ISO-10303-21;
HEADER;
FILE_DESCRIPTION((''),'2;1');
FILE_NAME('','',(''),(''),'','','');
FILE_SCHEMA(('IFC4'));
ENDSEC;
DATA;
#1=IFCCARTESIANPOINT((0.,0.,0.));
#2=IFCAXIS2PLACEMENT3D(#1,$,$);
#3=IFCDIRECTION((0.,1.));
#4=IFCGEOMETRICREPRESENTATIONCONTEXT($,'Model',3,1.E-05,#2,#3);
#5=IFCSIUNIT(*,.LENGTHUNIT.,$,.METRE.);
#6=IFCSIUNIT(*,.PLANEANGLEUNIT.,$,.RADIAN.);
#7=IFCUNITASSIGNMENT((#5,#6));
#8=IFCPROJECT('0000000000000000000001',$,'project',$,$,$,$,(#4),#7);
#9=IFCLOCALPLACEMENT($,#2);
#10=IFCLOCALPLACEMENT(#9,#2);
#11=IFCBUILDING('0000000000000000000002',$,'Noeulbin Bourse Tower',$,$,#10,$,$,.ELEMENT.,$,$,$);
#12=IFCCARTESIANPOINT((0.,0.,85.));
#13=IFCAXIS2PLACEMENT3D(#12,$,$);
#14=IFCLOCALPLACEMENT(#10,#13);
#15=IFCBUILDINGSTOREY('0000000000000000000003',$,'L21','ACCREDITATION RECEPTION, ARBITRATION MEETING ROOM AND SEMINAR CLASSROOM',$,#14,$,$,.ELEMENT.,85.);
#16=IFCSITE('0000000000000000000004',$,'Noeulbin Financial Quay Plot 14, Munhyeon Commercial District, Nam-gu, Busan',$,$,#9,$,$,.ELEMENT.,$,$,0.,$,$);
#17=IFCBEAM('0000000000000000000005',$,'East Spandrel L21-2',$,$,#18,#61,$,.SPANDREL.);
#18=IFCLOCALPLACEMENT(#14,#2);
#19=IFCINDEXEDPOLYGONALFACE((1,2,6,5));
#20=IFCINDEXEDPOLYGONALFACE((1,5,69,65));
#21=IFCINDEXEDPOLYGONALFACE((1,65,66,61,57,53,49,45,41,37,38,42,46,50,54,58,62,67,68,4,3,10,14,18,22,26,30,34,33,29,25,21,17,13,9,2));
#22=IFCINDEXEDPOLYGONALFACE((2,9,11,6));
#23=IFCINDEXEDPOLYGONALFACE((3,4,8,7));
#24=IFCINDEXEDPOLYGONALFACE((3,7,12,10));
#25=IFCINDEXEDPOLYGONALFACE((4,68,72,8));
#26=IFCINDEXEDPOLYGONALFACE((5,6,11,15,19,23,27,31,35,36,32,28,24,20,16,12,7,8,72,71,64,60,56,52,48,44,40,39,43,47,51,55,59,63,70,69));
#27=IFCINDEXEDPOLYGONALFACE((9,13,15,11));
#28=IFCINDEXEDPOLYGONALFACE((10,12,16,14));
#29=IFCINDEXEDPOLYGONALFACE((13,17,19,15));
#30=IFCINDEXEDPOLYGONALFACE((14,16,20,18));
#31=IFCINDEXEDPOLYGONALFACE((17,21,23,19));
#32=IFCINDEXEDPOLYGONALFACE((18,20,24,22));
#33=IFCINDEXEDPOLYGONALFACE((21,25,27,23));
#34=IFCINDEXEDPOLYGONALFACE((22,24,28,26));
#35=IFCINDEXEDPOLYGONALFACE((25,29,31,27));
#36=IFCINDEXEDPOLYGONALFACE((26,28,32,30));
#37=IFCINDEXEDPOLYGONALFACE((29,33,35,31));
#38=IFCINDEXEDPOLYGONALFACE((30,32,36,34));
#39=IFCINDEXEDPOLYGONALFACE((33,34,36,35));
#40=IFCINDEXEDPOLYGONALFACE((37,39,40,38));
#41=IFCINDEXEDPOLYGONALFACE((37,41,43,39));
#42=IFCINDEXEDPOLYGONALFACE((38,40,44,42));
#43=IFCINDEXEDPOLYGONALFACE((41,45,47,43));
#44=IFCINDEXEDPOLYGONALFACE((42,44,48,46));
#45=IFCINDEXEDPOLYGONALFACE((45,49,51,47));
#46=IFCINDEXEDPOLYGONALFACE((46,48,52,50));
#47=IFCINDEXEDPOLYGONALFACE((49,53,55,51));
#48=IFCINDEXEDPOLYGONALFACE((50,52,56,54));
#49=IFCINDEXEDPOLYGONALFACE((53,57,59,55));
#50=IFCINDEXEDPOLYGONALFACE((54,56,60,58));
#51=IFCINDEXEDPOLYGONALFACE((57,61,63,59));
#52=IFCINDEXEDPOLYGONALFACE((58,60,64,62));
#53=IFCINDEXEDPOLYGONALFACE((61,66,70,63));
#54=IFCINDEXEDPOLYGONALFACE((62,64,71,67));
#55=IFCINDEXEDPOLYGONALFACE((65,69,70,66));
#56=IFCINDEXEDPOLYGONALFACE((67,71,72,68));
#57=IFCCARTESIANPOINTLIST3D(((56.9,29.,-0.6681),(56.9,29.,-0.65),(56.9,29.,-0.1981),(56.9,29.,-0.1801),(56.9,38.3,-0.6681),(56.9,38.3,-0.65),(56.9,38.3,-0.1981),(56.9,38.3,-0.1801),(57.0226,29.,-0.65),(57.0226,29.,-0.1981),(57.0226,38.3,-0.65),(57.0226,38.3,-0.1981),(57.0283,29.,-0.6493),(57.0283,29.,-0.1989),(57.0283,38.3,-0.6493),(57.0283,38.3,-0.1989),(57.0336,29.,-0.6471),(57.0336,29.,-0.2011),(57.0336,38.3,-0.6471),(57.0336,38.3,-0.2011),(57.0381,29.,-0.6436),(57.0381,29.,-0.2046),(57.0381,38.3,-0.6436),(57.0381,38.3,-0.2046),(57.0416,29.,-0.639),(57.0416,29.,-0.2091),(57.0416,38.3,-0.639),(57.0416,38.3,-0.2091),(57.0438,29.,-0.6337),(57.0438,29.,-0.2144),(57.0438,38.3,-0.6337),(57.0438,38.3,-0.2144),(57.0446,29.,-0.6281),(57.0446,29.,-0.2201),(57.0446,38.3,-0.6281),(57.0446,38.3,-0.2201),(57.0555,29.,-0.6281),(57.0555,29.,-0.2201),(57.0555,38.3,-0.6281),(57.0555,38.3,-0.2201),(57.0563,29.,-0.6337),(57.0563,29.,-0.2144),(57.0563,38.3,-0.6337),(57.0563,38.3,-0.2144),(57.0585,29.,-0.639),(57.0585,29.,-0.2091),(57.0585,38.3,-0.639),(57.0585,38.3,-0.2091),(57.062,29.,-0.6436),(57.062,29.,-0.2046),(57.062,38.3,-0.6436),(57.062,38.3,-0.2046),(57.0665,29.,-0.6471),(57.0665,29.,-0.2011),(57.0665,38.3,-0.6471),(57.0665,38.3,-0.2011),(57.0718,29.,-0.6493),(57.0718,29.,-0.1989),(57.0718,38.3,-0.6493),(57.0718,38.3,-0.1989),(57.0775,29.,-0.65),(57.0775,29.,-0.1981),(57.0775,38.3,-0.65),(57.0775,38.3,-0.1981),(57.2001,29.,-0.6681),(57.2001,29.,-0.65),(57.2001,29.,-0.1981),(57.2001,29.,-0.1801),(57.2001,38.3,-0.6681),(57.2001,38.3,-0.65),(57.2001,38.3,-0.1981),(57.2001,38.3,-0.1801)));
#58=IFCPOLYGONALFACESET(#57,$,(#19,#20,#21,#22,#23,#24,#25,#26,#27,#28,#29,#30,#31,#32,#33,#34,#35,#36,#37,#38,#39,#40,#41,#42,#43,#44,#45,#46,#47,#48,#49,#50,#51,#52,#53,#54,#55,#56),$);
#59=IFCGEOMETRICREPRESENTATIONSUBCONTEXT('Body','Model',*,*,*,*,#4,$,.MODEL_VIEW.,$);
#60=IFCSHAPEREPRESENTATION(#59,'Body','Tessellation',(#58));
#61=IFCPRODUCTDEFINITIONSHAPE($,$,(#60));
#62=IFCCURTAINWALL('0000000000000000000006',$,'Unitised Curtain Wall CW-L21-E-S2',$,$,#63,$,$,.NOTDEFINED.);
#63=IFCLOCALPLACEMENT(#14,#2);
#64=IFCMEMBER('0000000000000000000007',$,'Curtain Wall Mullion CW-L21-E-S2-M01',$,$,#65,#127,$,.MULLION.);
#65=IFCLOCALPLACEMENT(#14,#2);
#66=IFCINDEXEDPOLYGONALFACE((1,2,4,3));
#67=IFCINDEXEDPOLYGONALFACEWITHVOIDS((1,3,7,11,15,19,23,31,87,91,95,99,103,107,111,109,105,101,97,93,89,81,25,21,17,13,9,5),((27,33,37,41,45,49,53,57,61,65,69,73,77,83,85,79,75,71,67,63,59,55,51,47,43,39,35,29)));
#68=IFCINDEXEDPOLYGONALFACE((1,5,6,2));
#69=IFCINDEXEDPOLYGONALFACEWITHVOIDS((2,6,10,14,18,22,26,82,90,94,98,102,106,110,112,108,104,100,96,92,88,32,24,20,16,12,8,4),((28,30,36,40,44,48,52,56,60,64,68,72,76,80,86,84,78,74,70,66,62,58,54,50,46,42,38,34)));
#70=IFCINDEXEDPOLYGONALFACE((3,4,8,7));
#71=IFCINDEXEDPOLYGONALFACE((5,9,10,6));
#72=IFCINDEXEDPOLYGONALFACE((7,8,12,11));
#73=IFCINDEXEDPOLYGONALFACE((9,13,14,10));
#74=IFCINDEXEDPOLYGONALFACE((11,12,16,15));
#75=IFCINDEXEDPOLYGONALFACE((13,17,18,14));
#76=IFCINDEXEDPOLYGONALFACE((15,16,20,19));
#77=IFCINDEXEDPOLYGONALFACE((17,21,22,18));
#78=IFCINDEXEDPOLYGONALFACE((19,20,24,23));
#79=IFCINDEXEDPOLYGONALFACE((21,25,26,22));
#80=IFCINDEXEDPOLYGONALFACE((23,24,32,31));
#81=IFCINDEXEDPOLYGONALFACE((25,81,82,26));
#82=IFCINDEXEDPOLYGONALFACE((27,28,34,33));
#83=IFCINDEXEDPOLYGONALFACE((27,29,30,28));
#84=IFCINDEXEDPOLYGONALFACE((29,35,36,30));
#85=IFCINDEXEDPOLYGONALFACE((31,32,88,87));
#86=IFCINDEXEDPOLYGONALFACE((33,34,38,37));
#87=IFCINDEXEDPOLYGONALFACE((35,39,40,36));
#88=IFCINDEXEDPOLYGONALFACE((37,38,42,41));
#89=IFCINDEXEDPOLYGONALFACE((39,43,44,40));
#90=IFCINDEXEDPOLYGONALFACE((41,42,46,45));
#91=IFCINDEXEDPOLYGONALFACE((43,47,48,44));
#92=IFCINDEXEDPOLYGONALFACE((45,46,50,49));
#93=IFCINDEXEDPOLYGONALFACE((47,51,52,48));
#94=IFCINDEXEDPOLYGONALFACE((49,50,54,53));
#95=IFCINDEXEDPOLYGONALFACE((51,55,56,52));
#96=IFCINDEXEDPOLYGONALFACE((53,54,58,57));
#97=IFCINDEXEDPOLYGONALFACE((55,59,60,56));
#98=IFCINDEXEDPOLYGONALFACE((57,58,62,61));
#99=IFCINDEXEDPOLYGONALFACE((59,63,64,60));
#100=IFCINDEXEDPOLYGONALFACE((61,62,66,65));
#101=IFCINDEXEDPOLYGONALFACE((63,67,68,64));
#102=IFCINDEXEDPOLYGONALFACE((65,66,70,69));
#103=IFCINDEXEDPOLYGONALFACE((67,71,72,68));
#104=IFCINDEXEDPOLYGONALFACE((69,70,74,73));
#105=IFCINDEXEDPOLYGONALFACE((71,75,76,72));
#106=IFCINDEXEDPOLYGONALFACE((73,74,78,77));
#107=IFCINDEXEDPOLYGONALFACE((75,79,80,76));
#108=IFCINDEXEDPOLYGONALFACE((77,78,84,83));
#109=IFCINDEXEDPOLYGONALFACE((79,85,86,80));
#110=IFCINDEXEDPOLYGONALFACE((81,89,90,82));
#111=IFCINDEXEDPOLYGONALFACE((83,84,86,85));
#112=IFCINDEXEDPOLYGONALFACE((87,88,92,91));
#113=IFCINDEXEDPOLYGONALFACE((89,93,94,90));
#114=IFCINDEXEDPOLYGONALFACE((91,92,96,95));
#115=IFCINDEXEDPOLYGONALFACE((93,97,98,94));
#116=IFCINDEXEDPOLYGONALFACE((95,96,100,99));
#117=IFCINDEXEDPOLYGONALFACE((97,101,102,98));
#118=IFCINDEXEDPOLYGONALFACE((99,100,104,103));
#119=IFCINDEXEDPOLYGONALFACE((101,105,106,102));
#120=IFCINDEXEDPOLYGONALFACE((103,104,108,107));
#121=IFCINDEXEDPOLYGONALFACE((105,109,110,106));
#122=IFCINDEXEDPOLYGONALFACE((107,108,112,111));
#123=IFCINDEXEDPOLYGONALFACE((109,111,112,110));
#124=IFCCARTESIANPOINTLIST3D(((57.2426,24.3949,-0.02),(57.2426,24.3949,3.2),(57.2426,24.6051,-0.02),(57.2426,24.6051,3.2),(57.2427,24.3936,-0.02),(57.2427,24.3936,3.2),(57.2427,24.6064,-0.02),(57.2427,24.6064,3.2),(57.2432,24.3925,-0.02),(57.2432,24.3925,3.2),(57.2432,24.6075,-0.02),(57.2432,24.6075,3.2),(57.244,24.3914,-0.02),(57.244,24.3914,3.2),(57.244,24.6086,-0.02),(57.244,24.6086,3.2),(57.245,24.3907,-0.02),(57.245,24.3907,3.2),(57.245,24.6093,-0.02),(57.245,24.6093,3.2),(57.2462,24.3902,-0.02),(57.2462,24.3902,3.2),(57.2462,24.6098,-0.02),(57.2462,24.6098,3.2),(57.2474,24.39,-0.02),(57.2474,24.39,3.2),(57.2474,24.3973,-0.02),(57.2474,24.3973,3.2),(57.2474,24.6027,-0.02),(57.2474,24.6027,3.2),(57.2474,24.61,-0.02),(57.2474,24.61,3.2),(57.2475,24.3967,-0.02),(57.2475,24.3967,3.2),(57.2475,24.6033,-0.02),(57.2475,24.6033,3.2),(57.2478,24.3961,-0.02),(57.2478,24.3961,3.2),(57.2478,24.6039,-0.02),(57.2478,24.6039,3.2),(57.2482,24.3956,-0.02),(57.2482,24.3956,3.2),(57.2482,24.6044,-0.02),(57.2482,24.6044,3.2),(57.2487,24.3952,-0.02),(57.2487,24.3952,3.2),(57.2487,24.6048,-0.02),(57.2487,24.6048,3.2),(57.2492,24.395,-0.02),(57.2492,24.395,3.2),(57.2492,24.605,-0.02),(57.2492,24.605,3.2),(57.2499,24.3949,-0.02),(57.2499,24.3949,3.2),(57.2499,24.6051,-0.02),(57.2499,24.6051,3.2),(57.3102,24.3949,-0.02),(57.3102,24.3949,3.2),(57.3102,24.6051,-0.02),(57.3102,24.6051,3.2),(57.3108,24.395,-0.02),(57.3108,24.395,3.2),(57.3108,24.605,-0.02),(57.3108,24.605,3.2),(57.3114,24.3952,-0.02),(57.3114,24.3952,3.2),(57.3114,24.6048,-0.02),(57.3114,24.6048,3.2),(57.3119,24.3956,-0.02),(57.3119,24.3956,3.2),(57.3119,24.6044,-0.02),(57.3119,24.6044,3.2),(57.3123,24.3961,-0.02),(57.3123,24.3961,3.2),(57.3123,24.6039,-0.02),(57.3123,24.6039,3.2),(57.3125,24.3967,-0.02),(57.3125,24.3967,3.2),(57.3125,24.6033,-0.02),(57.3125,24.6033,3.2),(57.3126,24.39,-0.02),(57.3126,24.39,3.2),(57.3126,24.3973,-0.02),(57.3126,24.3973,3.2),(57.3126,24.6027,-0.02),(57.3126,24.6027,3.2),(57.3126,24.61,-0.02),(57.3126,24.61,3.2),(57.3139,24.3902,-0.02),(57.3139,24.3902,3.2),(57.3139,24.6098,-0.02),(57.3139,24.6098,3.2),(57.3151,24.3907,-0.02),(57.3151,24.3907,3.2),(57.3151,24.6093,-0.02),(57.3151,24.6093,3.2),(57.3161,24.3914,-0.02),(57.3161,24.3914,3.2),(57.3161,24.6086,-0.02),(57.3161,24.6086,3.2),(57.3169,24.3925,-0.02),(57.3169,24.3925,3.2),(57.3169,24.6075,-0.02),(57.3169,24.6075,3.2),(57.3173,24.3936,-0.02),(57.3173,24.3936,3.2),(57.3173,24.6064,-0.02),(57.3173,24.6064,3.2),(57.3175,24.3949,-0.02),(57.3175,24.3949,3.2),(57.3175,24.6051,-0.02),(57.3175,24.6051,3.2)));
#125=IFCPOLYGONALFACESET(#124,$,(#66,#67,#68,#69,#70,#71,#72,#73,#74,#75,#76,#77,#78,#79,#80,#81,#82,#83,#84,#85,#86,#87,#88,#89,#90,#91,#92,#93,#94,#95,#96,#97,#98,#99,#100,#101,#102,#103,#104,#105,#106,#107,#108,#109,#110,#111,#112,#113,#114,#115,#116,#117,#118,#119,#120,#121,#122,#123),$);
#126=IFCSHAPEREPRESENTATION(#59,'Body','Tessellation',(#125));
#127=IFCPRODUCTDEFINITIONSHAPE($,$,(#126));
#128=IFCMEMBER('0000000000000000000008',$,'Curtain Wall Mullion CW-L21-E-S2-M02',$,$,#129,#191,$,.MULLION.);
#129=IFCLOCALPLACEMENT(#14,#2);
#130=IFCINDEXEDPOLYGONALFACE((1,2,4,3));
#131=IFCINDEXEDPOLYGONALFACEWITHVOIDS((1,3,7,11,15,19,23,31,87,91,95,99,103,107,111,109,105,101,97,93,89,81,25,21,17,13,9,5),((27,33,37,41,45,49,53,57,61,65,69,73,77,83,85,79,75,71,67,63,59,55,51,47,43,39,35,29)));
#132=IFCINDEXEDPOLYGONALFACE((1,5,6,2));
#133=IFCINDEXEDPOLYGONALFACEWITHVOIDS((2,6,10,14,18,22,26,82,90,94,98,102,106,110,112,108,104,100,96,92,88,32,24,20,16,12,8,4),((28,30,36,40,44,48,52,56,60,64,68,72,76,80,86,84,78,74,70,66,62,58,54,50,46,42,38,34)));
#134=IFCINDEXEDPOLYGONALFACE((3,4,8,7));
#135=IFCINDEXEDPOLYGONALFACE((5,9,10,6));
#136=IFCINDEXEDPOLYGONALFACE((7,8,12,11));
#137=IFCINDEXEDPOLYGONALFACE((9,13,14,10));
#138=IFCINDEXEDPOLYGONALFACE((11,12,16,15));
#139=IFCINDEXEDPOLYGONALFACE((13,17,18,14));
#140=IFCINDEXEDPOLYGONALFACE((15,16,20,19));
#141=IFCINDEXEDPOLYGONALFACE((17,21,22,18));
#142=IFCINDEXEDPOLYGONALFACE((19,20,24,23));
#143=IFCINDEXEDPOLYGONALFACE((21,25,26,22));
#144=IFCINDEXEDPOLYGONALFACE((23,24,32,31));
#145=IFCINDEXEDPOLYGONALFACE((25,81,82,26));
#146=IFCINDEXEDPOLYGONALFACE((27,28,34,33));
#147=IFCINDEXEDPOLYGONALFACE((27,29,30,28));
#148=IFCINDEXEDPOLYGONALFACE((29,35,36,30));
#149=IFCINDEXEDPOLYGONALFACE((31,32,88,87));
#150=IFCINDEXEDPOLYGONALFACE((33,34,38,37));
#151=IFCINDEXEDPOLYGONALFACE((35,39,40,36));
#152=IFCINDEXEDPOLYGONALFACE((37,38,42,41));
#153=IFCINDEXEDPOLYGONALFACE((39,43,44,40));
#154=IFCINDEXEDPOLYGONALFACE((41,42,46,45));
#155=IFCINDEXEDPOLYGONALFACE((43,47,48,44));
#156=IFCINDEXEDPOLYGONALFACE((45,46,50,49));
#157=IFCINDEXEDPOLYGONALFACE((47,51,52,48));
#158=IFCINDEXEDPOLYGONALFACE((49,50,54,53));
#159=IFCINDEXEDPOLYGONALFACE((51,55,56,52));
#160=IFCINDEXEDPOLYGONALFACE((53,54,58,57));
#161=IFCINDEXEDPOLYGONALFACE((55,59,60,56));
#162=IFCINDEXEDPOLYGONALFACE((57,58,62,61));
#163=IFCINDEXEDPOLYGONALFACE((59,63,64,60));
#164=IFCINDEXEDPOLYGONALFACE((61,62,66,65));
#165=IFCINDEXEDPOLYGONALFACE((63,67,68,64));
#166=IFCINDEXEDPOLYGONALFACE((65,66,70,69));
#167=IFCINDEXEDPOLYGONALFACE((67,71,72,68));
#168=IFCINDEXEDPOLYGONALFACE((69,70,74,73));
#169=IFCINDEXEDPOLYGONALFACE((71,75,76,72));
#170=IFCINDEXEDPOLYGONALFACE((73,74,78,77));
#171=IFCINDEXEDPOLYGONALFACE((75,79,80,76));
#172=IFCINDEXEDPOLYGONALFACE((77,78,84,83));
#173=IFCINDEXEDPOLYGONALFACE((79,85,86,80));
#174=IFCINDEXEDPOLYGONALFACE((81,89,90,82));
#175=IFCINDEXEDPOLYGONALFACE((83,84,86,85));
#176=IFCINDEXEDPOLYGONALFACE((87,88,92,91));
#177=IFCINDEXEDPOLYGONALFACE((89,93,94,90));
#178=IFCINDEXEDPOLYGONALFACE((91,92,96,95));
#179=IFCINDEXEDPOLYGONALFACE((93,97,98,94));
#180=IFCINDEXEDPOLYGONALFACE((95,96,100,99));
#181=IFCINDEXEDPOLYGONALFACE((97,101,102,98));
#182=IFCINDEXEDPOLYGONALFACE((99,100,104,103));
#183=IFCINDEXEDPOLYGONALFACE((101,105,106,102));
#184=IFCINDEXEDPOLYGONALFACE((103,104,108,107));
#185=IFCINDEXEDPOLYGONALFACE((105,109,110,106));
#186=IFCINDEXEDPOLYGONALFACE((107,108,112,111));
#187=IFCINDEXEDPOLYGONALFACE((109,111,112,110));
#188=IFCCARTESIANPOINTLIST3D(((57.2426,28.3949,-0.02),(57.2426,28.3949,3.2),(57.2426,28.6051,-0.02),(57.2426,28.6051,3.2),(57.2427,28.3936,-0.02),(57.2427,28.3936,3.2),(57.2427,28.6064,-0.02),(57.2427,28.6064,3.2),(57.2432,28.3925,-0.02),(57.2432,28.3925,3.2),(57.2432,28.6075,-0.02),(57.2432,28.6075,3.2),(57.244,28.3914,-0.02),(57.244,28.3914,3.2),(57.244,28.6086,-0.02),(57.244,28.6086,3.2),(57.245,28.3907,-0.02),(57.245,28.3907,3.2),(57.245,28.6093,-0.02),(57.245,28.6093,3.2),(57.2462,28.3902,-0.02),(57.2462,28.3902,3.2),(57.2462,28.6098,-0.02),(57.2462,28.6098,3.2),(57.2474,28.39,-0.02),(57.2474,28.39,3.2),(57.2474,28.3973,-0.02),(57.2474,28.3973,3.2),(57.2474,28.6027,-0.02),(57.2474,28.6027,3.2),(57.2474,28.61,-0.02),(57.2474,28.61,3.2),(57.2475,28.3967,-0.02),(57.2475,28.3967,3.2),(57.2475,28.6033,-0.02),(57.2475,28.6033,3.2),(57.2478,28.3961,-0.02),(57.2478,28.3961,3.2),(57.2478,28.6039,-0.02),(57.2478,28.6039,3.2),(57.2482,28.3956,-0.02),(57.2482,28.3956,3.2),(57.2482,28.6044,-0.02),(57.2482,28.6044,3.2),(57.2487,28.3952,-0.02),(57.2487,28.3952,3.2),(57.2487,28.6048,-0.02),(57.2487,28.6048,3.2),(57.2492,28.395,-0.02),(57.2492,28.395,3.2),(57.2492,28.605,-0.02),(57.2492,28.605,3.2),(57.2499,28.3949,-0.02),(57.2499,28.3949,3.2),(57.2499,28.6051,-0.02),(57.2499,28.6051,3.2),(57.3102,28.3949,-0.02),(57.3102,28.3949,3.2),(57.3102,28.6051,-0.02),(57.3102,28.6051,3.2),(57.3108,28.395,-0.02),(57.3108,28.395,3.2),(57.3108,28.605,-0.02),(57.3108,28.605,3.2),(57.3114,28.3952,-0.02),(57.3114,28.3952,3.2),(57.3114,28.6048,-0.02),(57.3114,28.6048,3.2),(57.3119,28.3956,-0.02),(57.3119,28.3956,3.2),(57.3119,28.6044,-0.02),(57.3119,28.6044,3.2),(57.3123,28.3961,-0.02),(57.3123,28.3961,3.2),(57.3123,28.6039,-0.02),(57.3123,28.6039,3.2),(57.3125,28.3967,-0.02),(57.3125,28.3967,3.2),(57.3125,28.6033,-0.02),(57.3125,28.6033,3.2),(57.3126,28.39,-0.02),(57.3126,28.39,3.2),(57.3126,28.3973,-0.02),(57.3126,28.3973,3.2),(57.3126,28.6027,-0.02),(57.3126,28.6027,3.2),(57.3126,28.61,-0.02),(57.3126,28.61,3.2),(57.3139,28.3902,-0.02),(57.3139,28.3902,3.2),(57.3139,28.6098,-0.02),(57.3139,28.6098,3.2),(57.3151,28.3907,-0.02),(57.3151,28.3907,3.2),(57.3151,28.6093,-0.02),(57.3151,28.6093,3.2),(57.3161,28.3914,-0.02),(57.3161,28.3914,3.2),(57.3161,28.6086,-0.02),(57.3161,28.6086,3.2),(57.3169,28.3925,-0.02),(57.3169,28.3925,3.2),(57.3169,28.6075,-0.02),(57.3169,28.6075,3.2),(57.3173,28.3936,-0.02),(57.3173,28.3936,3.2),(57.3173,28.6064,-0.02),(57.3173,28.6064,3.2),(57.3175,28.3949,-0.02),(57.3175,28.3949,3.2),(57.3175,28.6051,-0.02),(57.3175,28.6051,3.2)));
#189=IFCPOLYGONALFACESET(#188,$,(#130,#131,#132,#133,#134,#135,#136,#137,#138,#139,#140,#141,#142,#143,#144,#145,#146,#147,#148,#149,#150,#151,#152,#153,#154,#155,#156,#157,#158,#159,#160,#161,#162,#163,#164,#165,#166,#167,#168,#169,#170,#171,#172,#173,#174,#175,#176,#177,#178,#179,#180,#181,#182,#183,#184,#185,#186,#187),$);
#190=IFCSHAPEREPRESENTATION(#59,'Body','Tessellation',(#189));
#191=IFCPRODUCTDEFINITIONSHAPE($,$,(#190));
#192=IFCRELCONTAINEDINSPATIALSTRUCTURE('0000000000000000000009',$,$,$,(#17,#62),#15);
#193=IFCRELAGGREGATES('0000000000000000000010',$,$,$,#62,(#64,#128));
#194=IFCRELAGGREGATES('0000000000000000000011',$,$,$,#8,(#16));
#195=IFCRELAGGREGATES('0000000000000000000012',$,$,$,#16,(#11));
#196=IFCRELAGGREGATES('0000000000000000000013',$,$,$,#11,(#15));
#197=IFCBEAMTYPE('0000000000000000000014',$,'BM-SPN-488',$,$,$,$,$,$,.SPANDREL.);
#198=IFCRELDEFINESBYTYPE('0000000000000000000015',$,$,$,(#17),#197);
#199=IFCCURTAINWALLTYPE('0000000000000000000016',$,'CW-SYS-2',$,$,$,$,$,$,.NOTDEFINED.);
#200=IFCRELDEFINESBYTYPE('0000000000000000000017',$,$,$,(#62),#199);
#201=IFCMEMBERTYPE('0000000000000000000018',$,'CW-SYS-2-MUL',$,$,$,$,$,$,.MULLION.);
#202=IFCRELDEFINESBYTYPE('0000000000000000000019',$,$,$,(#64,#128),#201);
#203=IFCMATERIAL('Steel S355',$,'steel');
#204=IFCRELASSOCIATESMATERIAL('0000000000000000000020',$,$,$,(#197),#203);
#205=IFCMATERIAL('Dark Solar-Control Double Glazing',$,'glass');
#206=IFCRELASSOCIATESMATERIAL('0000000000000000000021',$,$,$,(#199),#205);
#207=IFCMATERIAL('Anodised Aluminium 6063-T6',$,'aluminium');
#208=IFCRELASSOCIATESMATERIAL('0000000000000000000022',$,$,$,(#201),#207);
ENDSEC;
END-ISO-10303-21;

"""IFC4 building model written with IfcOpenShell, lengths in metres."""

from ifc_helpers import new_model, si_unit, direction, frame, origin, origin_2d, place, context, subcontext, project, spatial, hollow_rectangle, i_section, extrude, material, material_profile, profile_set, type_object, element, aggregate, save


model = new_model("IFC4")

# Units and contexts
model_context = context("Model", 3, precision=1e-05, world=origin(), true_north=direction((0.0, 1.0)))
body_context = subcontext(model_context, "Body", "Model", "MODEL_VIEW")
ifc_project = project(units=[si_unit("LENGTHUNIT", "METRE"), si_unit("PLANEANGLEUNIT", "RADIAN")], contexts=[model_context])

# Site, building, storey
site_placement = place(None, origin())
site = spatial("IfcSite", under=ifc_project, at=site_placement, Name="Noeulbin Financial Quay Plot 14, Munhyeon Commercial District, Nam-gu, Busan", CompositionType="ELEMENT", RefElevation=0.0)
building_placement = place(site_placement, origin())
building = spatial("IfcBuilding", under=site, at=building_placement, Name="Noeulbin Bourse Tower", CompositionType="ELEMENT")
storey_placement = place(building_placement, frame((0.0, 0.0, 85.0)))
storey = spatial("IfcBuildingStorey", under=building, at=storey_placement, Name="L21", Description="ACCREDITATION RECEPTION, ARBITRATION MEETING ROOM AND SEMINAR CLASSROOM", CompositionType="ELEMENT", Elevation=85.0)

# Beam
ifc_material_1 = material(Name="Steel S355", Category="steel")
ifc_material_profile_1 = material_profile(ifc_material_1, i_section(OverallWidth=0.3, OverallDepth=0.488, WebThickness=0.011, FlangeThickness=0.0181, FilletRadius=0.022, at=origin_2d()), Name="H-488x300x11x18", Category="LoadBearing")
ifc_profile_set_1 = profile_set([ifc_material_profile_1], Name="Steel S355")
beam_type_1 = type_object("IfcBeamType", Name="BM-SPN-488", PredefinedType="SPANDREL", material=ifc_profile_set_1)
beam_1_placement = place(storey_placement, frame((57.05, 29.0, -0.4241), z_axis=(0.0, 1.0, 0.0), x_axis=(-1.0, 0.0, 0.0)))
element("IfcBeam", 1, at=beam_1_placement, inside=storey, type_object=beam_type_1, Name="East Spandrel L21-2", PredefinedType="SPANDREL", context=body_context, shape_type="SweptSolid", body=[
    extrude(i_section(OverallWidth=0.3, OverallDepth=0.488, WebThickness=0.011, FlangeThickness=0.0181, FilletRadius=0.022, at=origin_2d()), origin(), (0.0, 0.0, 1.0), 9.3),
])

# Curtain wall, members
ifc_material_2 = material(Name="Dark Solar-Control Double Glazing", Category="glass")
curtain_wall_type = type_object("IfcCurtainWallType", Name="CW-SYS-2", PredefinedType="NOTDEFINED", material=ifc_material_2)
curtain_wall_1_placement = place(storey_placement, origin())
curtain_wall_1 = element("IfcCurtainWall", 2, at=curtain_wall_1_placement, inside=storey, type_object=curtain_wall_type, Name="Unitised Curtain Wall CW-L21-E-S2", PredefinedType="NOTDEFINED")
ifc_material_3 = material(Name="Anodised Aluminium 6063-T6", Category="aluminium")
ifc_material_profile_2 = material_profile(ifc_material_3, hollow_rectangle(XDim=0.075, YDim=0.22, WallThickness=0.0049, InnerFilletRadius=0.0024, OuterFilletRadius=0.0049, at=origin_2d()), Name="ALU-MULL-75x220x5", Category="LoadBearing")
ifc_profile_set_2 = profile_set([ifc_material_profile_2], Name="Anodised Aluminium 6063-T6")
member_type_1 = type_object("IfcMemberType", Name="CW-SYS-2-MUL", PredefinedType="MULLION", material=ifc_profile_set_2)
member_1_placement = place(storey_placement, frame((57.28, 24.5, -0.02), z_axis=(0.0, 0.0, 1.0), x_axis=(1.0, 0.0, 0.0)))
member_1 = element("IfcMember", 3, at=member_1_placement, type_object=member_type_1, Name="Curtain Wall Mullion CW-L21-E-S2-M01", PredefinedType="MULLION", context=body_context, shape_type="SweptSolid", body=[
    extrude(hollow_rectangle(XDim=0.075, YDim=0.22, WallThickness=0.0049, InnerFilletRadius=0.0024, OuterFilletRadius=0.0049, at=origin_2d()), origin(), (0.0, 0.0, 1.0), 3.22),
])
member_2_placement = place(storey_placement, frame((57.28, 28.5, -0.02), z_axis=(0.0, 0.0, 1.0), x_axis=(1.0, 0.0, 0.0)))
member_2 = element("IfcMember", 4, at=member_2_placement, type_object=member_type_1, Name="Curtain Wall Mullion CW-L21-E-S2-M02", PredefinedType="MULLION", context=body_context, shape_type="SweptSolid", body=[
    extrude(hollow_rectangle(XDim=0.075, YDim=0.22, WallThickness=0.0049, InnerFilletRadius=0.0024, OuterFilletRadius=0.0049, at=origin_2d()), origin(), (0.0, 0.0, 1.0), 3.22),
])

aggregate(curtain_wall_1, [member_1, member_2])

save(model, "model.ifc")
